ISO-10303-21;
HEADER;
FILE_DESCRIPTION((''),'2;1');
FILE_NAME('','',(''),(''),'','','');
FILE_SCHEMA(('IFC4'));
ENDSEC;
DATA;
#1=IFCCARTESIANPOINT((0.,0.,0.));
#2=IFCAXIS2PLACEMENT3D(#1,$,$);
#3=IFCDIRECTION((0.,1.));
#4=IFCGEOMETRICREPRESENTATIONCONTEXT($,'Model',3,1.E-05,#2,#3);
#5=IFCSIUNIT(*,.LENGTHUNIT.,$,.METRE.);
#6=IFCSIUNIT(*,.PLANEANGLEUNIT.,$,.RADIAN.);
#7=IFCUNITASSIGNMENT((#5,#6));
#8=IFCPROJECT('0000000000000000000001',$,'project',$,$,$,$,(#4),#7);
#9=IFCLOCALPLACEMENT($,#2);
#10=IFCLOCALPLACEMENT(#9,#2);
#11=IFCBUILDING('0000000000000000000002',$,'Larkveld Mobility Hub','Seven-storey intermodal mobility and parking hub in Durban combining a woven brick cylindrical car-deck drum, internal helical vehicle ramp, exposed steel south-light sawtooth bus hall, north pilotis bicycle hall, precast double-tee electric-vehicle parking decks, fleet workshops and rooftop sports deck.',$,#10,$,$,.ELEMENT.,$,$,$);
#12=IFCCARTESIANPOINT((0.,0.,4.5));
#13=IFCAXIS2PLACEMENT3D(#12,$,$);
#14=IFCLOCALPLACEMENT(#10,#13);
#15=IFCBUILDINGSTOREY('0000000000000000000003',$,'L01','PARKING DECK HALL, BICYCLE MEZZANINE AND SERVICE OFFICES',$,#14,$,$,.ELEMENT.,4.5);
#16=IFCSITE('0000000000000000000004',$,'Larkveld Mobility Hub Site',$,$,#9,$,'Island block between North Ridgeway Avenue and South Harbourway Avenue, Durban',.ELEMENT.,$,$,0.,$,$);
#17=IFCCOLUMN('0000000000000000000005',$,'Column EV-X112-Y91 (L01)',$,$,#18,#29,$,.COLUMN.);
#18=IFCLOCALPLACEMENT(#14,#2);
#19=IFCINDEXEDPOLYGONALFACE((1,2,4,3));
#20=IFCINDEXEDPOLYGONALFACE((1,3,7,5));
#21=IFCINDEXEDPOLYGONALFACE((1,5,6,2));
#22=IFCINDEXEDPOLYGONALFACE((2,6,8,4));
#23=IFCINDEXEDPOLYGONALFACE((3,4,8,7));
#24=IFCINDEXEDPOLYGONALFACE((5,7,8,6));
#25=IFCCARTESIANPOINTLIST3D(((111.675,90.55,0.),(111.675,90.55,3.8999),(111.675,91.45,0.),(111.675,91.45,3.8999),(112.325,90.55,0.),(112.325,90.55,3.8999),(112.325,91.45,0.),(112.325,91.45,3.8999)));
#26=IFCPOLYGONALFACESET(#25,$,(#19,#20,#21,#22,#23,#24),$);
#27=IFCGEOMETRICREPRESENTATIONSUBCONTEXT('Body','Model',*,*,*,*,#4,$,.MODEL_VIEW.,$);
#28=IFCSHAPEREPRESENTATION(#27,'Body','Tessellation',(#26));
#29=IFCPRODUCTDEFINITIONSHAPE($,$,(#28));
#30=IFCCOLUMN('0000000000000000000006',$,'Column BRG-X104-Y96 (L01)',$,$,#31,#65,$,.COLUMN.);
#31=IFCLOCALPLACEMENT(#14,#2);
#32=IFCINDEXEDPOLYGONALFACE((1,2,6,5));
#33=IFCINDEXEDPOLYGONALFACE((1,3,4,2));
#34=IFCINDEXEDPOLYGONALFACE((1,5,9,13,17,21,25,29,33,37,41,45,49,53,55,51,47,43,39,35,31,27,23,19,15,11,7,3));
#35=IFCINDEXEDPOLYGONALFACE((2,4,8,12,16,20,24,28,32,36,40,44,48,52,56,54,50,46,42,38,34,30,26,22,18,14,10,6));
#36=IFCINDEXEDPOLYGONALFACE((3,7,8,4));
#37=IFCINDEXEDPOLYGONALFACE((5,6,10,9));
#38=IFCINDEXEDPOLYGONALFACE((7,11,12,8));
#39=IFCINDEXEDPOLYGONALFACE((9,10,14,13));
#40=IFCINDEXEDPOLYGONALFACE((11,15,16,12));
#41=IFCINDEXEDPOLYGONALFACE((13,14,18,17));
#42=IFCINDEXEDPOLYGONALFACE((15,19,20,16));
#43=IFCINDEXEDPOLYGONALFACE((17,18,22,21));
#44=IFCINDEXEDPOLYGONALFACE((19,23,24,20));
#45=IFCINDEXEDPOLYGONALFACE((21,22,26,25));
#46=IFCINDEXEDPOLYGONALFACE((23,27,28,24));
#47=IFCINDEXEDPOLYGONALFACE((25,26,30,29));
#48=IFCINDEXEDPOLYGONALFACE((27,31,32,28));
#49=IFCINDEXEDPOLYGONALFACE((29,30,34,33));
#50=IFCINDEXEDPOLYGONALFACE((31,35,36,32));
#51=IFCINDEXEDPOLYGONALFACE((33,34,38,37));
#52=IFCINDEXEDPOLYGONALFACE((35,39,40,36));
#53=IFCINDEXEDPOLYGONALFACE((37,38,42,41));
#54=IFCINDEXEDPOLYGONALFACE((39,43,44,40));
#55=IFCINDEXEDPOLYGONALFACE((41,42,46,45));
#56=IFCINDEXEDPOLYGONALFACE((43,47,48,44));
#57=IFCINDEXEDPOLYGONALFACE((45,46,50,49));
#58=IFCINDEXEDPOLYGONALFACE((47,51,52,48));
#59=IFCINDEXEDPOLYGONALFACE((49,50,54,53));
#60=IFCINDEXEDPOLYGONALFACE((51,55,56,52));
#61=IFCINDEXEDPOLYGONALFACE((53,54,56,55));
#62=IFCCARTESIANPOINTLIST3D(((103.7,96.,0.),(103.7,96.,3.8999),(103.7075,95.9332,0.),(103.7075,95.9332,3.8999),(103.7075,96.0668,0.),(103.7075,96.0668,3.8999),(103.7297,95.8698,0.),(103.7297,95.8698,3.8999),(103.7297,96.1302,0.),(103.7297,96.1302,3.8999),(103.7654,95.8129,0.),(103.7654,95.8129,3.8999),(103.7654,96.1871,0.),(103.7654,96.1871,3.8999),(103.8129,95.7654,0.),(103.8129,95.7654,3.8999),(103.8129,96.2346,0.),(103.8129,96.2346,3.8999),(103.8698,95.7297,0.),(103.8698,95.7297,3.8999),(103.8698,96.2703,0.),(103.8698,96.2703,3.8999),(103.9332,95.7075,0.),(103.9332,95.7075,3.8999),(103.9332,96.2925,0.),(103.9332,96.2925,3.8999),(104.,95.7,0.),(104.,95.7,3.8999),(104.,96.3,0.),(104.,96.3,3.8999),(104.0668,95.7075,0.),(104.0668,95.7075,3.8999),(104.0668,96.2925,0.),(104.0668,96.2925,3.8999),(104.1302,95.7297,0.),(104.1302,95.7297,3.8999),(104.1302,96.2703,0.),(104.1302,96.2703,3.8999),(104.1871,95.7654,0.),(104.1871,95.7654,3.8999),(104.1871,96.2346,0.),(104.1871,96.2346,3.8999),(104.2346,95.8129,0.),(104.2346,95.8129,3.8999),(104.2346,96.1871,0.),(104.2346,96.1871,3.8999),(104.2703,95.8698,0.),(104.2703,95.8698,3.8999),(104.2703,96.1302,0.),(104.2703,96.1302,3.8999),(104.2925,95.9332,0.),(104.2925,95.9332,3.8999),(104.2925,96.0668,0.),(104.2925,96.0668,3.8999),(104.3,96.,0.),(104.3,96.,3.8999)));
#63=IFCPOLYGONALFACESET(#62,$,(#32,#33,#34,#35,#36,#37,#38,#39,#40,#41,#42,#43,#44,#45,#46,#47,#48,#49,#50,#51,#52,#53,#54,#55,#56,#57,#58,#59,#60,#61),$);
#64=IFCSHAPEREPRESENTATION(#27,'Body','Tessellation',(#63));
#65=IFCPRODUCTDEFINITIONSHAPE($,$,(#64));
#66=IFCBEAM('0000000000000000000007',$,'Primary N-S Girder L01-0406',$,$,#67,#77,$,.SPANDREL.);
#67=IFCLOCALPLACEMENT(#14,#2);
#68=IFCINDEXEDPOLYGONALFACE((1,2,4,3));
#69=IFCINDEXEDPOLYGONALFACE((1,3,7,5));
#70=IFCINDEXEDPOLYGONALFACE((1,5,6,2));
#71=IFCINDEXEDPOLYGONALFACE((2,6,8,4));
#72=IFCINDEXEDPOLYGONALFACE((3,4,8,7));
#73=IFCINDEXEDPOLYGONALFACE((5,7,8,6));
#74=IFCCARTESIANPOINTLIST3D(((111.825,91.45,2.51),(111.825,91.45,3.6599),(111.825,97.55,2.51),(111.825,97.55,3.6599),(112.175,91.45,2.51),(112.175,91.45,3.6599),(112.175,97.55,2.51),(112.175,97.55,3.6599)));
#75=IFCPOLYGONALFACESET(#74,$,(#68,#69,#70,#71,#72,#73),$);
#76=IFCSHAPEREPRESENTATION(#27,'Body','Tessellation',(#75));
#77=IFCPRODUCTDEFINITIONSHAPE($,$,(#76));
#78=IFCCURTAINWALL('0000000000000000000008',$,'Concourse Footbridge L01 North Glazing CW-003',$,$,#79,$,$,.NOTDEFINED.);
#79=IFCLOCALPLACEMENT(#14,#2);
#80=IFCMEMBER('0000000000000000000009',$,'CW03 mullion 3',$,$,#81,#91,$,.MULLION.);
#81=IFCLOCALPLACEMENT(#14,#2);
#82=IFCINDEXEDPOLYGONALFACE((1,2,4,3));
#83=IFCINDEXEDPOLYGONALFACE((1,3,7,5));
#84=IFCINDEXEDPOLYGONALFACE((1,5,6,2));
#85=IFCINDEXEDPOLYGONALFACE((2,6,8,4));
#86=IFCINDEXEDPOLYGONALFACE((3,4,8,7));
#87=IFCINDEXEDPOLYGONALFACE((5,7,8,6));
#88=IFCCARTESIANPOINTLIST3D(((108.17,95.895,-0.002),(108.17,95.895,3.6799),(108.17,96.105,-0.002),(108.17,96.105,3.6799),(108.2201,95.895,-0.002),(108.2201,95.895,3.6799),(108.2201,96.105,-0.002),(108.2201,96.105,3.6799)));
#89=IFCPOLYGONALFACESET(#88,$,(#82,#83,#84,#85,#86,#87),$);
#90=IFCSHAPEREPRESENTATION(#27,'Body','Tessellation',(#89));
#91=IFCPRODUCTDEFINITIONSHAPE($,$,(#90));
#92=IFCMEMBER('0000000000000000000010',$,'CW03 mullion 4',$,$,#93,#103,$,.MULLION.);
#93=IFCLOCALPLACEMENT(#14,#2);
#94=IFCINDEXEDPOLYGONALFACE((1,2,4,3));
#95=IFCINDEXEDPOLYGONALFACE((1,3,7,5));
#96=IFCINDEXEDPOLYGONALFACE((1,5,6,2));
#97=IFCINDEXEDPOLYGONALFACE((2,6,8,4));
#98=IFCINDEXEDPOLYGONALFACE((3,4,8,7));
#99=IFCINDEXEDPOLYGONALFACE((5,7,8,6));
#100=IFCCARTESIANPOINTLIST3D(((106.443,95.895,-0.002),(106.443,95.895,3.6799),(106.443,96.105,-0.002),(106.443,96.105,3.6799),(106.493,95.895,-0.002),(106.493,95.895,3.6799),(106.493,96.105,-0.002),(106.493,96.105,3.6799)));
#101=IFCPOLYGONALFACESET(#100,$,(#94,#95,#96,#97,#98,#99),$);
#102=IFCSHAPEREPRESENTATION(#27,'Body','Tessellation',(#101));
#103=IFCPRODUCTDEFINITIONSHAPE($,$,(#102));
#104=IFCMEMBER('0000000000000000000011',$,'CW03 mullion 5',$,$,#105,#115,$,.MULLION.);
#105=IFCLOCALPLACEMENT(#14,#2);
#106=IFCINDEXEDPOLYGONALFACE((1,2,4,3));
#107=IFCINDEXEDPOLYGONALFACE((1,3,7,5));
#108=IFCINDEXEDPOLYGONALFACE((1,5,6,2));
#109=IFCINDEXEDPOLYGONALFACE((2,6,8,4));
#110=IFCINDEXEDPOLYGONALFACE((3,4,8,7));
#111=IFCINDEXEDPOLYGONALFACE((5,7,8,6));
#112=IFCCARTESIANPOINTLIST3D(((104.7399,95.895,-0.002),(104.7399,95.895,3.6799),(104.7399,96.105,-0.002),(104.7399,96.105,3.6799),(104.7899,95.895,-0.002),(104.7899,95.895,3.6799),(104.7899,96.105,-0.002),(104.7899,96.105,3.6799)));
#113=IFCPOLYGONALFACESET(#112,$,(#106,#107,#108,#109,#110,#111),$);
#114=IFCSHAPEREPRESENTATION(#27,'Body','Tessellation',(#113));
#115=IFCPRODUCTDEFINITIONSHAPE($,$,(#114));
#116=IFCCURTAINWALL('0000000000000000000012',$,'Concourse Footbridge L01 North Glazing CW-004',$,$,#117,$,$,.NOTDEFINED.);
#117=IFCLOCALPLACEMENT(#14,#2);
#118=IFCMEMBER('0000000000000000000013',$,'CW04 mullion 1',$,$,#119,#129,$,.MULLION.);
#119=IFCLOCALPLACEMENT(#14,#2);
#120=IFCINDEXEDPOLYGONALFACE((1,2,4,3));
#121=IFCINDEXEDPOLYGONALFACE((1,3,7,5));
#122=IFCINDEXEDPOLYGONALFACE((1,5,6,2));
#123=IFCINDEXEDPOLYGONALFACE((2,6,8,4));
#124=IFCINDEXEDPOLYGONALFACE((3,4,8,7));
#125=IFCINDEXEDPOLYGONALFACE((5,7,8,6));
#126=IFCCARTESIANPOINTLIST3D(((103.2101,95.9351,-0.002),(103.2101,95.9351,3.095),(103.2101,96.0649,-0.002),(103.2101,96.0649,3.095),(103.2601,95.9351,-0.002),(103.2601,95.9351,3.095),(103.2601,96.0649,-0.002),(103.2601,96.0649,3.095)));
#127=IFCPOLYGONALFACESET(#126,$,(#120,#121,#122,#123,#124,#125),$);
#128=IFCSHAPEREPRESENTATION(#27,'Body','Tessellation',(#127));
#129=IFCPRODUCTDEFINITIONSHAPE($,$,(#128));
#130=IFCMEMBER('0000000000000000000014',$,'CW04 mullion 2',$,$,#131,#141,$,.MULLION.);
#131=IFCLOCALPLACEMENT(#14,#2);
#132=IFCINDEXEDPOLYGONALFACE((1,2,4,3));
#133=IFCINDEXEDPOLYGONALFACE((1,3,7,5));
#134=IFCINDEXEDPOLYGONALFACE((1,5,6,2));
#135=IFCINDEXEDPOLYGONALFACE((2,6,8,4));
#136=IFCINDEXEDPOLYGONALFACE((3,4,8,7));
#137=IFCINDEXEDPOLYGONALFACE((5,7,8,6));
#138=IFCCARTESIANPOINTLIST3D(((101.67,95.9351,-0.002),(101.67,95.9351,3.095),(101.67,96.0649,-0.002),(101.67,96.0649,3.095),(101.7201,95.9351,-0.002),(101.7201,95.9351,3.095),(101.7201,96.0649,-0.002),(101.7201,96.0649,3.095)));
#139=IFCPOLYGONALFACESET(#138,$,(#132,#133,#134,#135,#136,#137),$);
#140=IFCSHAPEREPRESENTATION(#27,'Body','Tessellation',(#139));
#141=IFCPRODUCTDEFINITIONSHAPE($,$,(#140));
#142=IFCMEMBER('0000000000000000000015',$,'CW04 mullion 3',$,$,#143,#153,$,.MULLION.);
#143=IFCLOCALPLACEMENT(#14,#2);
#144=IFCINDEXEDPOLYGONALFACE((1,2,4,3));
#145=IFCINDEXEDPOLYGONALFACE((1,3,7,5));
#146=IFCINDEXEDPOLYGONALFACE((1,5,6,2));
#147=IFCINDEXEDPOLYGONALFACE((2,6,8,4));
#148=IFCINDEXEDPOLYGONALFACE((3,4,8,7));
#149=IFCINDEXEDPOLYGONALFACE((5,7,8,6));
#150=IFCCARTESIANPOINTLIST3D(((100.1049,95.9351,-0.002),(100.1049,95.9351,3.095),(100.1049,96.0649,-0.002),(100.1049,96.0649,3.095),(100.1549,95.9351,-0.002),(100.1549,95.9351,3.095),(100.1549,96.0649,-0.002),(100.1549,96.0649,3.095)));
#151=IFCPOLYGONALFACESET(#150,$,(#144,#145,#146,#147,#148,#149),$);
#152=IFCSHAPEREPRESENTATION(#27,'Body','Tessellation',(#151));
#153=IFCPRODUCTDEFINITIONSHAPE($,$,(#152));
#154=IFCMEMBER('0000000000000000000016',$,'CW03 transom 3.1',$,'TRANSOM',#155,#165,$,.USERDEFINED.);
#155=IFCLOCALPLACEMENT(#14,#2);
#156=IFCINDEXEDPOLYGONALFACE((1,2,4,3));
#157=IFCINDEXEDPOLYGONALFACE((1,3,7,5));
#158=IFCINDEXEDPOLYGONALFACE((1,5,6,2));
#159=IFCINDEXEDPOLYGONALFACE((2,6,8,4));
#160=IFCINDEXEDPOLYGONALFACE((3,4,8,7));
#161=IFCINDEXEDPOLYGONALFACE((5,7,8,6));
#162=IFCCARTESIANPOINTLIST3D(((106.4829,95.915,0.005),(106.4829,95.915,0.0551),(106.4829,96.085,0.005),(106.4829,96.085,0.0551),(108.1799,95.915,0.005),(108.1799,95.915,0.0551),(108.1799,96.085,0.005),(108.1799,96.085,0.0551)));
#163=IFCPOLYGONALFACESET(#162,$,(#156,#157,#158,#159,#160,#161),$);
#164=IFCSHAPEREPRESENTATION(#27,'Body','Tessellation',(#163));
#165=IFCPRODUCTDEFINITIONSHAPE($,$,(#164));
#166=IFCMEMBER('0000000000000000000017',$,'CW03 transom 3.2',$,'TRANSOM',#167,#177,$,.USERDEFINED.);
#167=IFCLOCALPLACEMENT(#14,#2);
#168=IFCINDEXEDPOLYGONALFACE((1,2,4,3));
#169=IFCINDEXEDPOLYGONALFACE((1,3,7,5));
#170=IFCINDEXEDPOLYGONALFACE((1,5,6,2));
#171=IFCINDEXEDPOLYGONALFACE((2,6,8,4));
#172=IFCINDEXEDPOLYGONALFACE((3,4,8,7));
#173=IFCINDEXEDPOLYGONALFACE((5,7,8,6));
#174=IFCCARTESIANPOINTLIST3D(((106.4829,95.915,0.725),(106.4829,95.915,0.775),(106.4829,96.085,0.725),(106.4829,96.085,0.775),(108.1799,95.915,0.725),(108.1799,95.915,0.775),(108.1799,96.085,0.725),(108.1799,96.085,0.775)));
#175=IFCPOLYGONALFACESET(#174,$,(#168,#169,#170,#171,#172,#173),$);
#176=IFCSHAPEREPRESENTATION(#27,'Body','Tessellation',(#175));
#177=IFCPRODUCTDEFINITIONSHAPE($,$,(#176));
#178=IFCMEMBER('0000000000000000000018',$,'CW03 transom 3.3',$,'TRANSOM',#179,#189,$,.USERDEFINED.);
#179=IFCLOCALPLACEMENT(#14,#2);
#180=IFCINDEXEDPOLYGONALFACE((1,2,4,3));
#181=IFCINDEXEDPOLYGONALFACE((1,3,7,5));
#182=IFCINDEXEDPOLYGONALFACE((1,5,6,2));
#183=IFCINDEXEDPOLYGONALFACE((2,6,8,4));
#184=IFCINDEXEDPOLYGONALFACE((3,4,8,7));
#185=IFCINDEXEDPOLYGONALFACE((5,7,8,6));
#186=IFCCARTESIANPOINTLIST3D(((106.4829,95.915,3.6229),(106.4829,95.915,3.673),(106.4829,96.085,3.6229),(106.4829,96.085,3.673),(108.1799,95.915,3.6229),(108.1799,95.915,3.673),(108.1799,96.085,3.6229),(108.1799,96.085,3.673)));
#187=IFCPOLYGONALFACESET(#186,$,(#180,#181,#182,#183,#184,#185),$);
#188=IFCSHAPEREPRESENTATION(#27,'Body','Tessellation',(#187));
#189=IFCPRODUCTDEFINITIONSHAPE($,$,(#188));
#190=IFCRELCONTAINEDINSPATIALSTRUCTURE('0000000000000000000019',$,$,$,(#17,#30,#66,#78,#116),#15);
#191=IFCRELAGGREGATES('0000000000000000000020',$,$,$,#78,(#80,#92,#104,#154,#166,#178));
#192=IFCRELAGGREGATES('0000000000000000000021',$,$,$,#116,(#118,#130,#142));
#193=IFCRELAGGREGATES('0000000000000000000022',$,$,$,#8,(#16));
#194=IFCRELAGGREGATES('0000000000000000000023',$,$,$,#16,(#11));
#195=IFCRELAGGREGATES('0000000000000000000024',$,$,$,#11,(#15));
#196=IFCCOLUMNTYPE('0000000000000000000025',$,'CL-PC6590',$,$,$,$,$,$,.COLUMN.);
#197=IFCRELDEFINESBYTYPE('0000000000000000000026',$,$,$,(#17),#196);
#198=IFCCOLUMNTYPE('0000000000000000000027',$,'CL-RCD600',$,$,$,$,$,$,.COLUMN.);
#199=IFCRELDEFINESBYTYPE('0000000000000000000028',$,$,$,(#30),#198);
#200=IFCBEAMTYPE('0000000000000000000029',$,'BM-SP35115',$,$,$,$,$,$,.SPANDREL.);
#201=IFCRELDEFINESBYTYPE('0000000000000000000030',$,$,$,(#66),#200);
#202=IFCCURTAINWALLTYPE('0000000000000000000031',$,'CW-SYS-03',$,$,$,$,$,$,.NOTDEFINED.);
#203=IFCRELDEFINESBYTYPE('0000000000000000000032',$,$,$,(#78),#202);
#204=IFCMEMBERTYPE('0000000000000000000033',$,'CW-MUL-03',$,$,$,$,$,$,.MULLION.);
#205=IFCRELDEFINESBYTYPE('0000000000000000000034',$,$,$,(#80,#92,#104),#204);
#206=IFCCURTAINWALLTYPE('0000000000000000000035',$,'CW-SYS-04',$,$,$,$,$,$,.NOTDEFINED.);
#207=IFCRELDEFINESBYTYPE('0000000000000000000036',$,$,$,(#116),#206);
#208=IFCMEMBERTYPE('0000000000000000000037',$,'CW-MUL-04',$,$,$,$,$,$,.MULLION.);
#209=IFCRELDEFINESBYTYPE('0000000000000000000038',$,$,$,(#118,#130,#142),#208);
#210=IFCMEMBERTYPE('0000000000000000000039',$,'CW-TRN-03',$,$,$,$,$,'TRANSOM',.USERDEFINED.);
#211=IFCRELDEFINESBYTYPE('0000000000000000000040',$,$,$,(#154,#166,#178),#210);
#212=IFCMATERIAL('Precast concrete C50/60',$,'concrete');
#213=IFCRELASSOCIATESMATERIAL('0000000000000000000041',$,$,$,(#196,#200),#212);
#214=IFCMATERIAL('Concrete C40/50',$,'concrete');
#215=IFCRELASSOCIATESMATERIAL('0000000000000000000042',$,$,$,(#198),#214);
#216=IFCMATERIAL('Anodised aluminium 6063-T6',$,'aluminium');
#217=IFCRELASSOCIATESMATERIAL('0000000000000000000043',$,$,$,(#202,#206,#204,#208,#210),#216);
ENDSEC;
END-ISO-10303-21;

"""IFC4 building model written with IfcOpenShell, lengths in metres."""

from ifc_helpers import new_model, si_unit, direction, frame, origin, origin_2d, place, context, subcontext, project, spatial, rectangle, circle, extrude, material, material_profile, profile_set, type_object, element, aggregate, save


model = new_model("IFC4")

# Units and contexts
model_context = context("Model", 3, precision=1e-05, world=origin(), true_north=direction((0.0, 1.0)))
body_context = subcontext(model_context, "Body", "Model", "MODEL_VIEW")
ifc_project = project(units=[si_unit("LENGTHUNIT", "METRE"), si_unit("PLANEANGLEUNIT", "RADIAN")], contexts=[model_context])

# Site, building, storey
site_placement = place(None, origin())
site = spatial("IfcSite", under=ifc_project, at=site_placement, Name="Larkveld Mobility Hub Site", LongName="Island block between North Ridgeway Avenue and South Harbourway Avenue, Durban", CompositionType="ELEMENT", RefElevation=0.0)
building_placement = place(site_placement, origin())
building = spatial("IfcBuilding", under=site, at=building_placement, Name="Larkveld Mobility Hub", Description="Seven-storey intermodal mobility and parking hub in Durban combining a woven brick cylindrical car-deck drum, internal helical vehicle ramp, exposed steel south-light sawtooth bus hall, north pilotis bicycle hall, precast double-tee electric-vehicle parking decks, fleet workshops and rooftop sports deck.", CompositionType="ELEMENT")
storey_placement = place(building_placement, frame((0.0, 0.0, 4.5)))
storey = spatial("IfcBuildingStorey", under=building, at=storey_placement, Name="L01", Description="PARKING DECK HALL, BICYCLE MEZZANINE AND SERVICE OFFICES", CompositionType="ELEMENT", Elevation=4.5)

# Columns
ifc_material_1 = material(Name="Precast concrete C50/60", Category="concrete")
ifc_material_profile_1 = material_profile(ifc_material_1, rectangle(XDim=0.6499, YDim=0.8999, at=origin_2d()), Name="RC COL 650x900")
ifc_profile_set_1 = profile_set([ifc_material_profile_1], Name="Precast concrete C50/60")
column_type_1 = type_object("IfcColumnType", Name="CL-PC6590", PredefinedType="COLUMN", material=ifc_profile_set_1)
column_1_placement = place(storey_placement, frame((112.0, 91.0, 0.0), z_axis=(0.0, 0.0, 1.0), x_axis=(1.0, 0.0, 0.0)))
element("IfcColumn", 1, at=column_1_placement, inside=storey, type_object=column_type_1, Name="Column EV-X112-Y91 (L01)", PredefinedType="COLUMN", context=body_context, shape_type="SweptSolid", body=[
    extrude(rectangle(XDim=0.6499, YDim=0.8999, at=origin_2d()), origin(), (0.0, 0.0, 1.0), 3.8999),
])
ifc_material_2 = material(Name="Concrete C40/50", Category="concrete")
ifc_material_profile_2 = material_profile(ifc_material_2, circle(Radius=0.3, at=origin_2d()), Name="RC COL D600")
ifc_profile_set_2 = profile_set([ifc_material_profile_2], Name="Concrete C40/50")
column_type_2 = type_object("IfcColumnType", Name="CL-RCD600", PredefinedType="COLUMN", material=ifc_profile_set_2)
column_2_placement = place(storey_placement, frame((104.0, 96.0, 0.0), z_axis=(0.0, 0.0, 1.0), x_axis=(1.0, 0.0, 0.0)))
element("IfcColumn", 2, at=column_2_placement, inside=storey, type_object=column_type_2, Name="Column BRG-X104-Y96 (L01)", PredefinedType="COLUMN", context=body_context, shape_type="SweptSolid", body=[
    extrude(circle(Radius=0.3, at=origin_2d()), origin(), (0.0, 0.0, 1.0), 3.8999),
])

# Beam
ifc_material_profile_3 = material_profile(ifc_material_1, rectangle(XDim=0.3501, YDim=1.1499, at=origin_2d()), Name="PC SP 350x1150")
ifc_profile_set_3 = profile_set([ifc_material_profile_3], Name="Precast concrete C50/60")
beam_type = type_object("IfcBeamType", Name="BM-SP35115", PredefinedType="SPANDREL", material=ifc_profile_set_3)
beam_placement = place(storey_placement, frame((112.0, 91.45, 3.085), z_axis=(0.0, 1.0, 0.0), x_axis=(-1.0, 0.0, 0.0)))
element("IfcBeam", 3, at=beam_placement, inside=storey, type_object=beam_type, Name="Primary N-S Girder L01-0406", PredefinedType="SPANDREL", context=body_context, shape_type="SweptSolid", body=[
    extrude(rectangle(XDim=0.3501, YDim=1.1499, at=origin_2d()), origin(), (0.0, 0.0, 1.0), 6.1001),
])

# Curtain walls, members
ifc_material_3 = material(Name="Anodised aluminium 6063-T6", Category="aluminium")
curtain_wall_type_1 = type_object("IfcCurtainWallType", Name="CW-SYS-03", PredefinedType="NOTDEFINED", material=ifc_material_3)
curtain_wall_1_placement = place(storey_placement, origin())
curtain_wall_1 = element("IfcCurtainWall", 4, at=curtain_wall_1_placement, inside=storey, type_object=curtain_wall_type_1, Name="Concourse Footbridge L01 North Glazing CW-003", PredefinedType="NOTDEFINED")
ifc_material_profile_4 = material_profile(ifc_material_3, rectangle(XDim=0.05, YDim=0.21, at=origin_2d()), Name="ALU MULL 50x210")
ifc_profile_set_4 = profile_set([ifc_material_profile_4], Name="Anodised aluminium 6063-T6")
member_type_1 = type_object("IfcMemberType", Name="CW-MUL-03", PredefinedType="MULLION", material=ifc_profile_set_4)
member_1_placement = place(storey_placement, frame((108.1951, 96.0, -0.002), z_axis=(0.0, 0.0, 1.0), x_axis=(-1.0, 0.0, 0.0)))
member_1 = element("IfcMember", 5, at=member_1_placement, type_object=member_type_1, Name="CW03 mullion 3", PredefinedType="MULLION", context=body_context, shape_type="SweptSolid", body=[
    extrude(rectangle(XDim=0.05, YDim=0.21, at=origin_2d()), origin(), (0.0, 0.0, 1.0), 3.6819),
])
member_2_placement = place(storey_placement, frame((106.468, 96.0, -0.002), z_axis=(0.0, 0.0, 1.0), x_axis=(-1.0, 0.0, 0.0)))
member_2 = element("IfcMember", 6, at=member_2_placement, type_object=member_type_1, Name="CW03 mullion 4", PredefinedType="MULLION", context=body_context, shape_type="SweptSolid", body=[
    extrude(rectangle(XDim=0.05, YDim=0.21, at=origin_2d()), origin(), (0.0, 0.0, 1.0), 3.6819),
])
member_3_placement = place(storey_placement, frame((104.7649, 96.0, -0.002), z_axis=(0.0, 0.0, 1.0), x_axis=(-1.0, 0.0, 0.0)))
member_3 = element("IfcMember", 7, at=member_3_placement, type_object=member_type_1, Name="CW03 mullion 5", PredefinedType="MULLION", context=body_context, shape_type="SweptSolid", body=[
    extrude(rectangle(XDim=0.05, YDim=0.21, at=origin_2d()), origin(), (0.0, 0.0, 1.0), 3.6819),
])
curtain_wall_type_2 = type_object("IfcCurtainWallType", Name="CW-SYS-04", PredefinedType="NOTDEFINED", material=ifc_material_3)
curtain_wall_2_placement = place(storey_placement, origin())
curtain_wall_2 = element("IfcCurtainWall", 8, at=curtain_wall_2_placement, inside=storey, type_object=curtain_wall_type_2, Name="Concourse Footbridge L01 North Glazing CW-004", PredefinedType="NOTDEFINED")
ifc_material_profile_5 = material_profile(ifc_material_3, rectangle(XDim=0.05, YDim=0.1299, at=origin_2d()), Name="ALU MULL 50x130")
ifc_profile_set_5 = profile_set([ifc_material_profile_5], Name="Anodised aluminium 6063-T6")
member_type_2 = type_object("IfcMemberType", Name="CW-MUL-04", PredefinedType="MULLION", material=ifc_profile_set_5)
member_4_placement = place(storey_placement, frame((103.2351, 96.0, -0.002), z_axis=(0.0, 0.0, 1.0), x_axis=(-1.0, 0.0, 0.0)))
member_4 = element("IfcMember", 9, at=member_4_placement, type_object=member_type_2, Name="CW04 mullion 1", PredefinedType="MULLION", context=body_context, shape_type="SweptSolid", body=[
    extrude(rectangle(XDim=0.05, YDim=0.1299, at=origin_2d()), origin(), (0.0, 0.0, 1.0), 3.0969),
])
member_5_placement = place(storey_placement, frame((101.6951, 96.0, -0.002), z_axis=(0.0, 0.0, 1.0), x_axis=(-1.0, 0.0, 0.0)))
member_5 = element("IfcMember", 10, at=member_5_placement, type_object=member_type_2, Name="CW04 mullion 2", PredefinedType="MULLION", context=body_context, shape_type="SweptSolid", body=[
    extrude(rectangle(XDim=0.05, YDim=0.1299, at=origin_2d()), origin(), (0.0, 0.0, 1.0), 3.0969),
])
member_6_placement = place(storey_placement, frame((100.1299, 96.0, -0.002), z_axis=(0.0, 0.0, 1.0), x_axis=(-1.0, 0.0, 0.0)))
member_6 = element("IfcMember", 11, at=member_6_placement, type_object=member_type_2, Name="CW04 mullion 3", PredefinedType="MULLION", context=body_context, shape_type="SweptSolid", body=[
    extrude(rectangle(XDim=0.05, YDim=0.1299, at=origin_2d()), origin(), (0.0, 0.0, 1.0), 3.0969),
])

# Members
ifc_material_profile_6 = material_profile(ifc_material_3, rectangle(XDim=0.1699, YDim=0.05, at=origin_2d()), Name="ALU TRAN 50x170")
ifc_profile_set_6 = profile_set([ifc_material_profile_6], Name="Anodised aluminium 6063-T6")
member_type_3 = type_object("IfcMemberType", Name="CW-TRN-03", ElementType="TRANSOM", PredefinedType="USERDEFINED", material=ifc_profile_set_6)
member_7_placement = place(storey_placement, frame((108.1799, 96.0, 0.03), z_axis=(-1.0, 0.0, 0.0), x_axis=(0.0, -1.0, 0.0)))
member_7 = element("IfcMember", 12, at=member_7_placement, type_object=member_type_3, Name="CW03 transom 3.1", ObjectType="TRANSOM", PredefinedType="USERDEFINED", context=body_context, shape_type="SweptSolid", body=[
    extrude(rectangle(XDim=0.1699, YDim=0.05, at=origin_2d()), origin(), (0.0, 0.0, 1.0), 1.697),
])
member_8_placement = place(storey_placement, frame((108.1799, 96.0, 0.75), z_axis=(-1.0, 0.0, 0.0), x_axis=(0.0, -1.0, 0.0)))
member_8 = element("IfcMember", 13, at=member_8_placement, type_object=member_type_3, Name="CW03 transom 3.2", ObjectType="TRANSOM", PredefinedType="USERDEFINED", context=body_context, shape_type="SweptSolid", body=[
    extrude(rectangle(XDim=0.1699, YDim=0.05, at=origin_2d()), origin(), (0.0, 0.0, 1.0), 1.697),
])
member_9_placement = place(storey_placement, frame((108.1799, 96.0, 3.6479), z_axis=(-1.0, 0.0, 0.0), x_axis=(0.0, -1.0, 0.0)))
member_9 = element("IfcMember", 14, at=member_9_placement, type_object=member_type_3, Name="CW03 transom 3.3", ObjectType="TRANSOM", PredefinedType="USERDEFINED", context=body_context, shape_type="SweptSolid", body=[
    extrude(rectangle(XDim=0.1699, YDim=0.05, at=origin_2d()), origin(), (0.0, 0.0, 1.0), 1.697),
])

aggregate(curtain_wall_1, [member_1, member_2, member_3, member_7, member_8, member_9])
aggregate(curtain_wall_2, [member_4, member_5, member_6])

save(model, "model.ifc")
